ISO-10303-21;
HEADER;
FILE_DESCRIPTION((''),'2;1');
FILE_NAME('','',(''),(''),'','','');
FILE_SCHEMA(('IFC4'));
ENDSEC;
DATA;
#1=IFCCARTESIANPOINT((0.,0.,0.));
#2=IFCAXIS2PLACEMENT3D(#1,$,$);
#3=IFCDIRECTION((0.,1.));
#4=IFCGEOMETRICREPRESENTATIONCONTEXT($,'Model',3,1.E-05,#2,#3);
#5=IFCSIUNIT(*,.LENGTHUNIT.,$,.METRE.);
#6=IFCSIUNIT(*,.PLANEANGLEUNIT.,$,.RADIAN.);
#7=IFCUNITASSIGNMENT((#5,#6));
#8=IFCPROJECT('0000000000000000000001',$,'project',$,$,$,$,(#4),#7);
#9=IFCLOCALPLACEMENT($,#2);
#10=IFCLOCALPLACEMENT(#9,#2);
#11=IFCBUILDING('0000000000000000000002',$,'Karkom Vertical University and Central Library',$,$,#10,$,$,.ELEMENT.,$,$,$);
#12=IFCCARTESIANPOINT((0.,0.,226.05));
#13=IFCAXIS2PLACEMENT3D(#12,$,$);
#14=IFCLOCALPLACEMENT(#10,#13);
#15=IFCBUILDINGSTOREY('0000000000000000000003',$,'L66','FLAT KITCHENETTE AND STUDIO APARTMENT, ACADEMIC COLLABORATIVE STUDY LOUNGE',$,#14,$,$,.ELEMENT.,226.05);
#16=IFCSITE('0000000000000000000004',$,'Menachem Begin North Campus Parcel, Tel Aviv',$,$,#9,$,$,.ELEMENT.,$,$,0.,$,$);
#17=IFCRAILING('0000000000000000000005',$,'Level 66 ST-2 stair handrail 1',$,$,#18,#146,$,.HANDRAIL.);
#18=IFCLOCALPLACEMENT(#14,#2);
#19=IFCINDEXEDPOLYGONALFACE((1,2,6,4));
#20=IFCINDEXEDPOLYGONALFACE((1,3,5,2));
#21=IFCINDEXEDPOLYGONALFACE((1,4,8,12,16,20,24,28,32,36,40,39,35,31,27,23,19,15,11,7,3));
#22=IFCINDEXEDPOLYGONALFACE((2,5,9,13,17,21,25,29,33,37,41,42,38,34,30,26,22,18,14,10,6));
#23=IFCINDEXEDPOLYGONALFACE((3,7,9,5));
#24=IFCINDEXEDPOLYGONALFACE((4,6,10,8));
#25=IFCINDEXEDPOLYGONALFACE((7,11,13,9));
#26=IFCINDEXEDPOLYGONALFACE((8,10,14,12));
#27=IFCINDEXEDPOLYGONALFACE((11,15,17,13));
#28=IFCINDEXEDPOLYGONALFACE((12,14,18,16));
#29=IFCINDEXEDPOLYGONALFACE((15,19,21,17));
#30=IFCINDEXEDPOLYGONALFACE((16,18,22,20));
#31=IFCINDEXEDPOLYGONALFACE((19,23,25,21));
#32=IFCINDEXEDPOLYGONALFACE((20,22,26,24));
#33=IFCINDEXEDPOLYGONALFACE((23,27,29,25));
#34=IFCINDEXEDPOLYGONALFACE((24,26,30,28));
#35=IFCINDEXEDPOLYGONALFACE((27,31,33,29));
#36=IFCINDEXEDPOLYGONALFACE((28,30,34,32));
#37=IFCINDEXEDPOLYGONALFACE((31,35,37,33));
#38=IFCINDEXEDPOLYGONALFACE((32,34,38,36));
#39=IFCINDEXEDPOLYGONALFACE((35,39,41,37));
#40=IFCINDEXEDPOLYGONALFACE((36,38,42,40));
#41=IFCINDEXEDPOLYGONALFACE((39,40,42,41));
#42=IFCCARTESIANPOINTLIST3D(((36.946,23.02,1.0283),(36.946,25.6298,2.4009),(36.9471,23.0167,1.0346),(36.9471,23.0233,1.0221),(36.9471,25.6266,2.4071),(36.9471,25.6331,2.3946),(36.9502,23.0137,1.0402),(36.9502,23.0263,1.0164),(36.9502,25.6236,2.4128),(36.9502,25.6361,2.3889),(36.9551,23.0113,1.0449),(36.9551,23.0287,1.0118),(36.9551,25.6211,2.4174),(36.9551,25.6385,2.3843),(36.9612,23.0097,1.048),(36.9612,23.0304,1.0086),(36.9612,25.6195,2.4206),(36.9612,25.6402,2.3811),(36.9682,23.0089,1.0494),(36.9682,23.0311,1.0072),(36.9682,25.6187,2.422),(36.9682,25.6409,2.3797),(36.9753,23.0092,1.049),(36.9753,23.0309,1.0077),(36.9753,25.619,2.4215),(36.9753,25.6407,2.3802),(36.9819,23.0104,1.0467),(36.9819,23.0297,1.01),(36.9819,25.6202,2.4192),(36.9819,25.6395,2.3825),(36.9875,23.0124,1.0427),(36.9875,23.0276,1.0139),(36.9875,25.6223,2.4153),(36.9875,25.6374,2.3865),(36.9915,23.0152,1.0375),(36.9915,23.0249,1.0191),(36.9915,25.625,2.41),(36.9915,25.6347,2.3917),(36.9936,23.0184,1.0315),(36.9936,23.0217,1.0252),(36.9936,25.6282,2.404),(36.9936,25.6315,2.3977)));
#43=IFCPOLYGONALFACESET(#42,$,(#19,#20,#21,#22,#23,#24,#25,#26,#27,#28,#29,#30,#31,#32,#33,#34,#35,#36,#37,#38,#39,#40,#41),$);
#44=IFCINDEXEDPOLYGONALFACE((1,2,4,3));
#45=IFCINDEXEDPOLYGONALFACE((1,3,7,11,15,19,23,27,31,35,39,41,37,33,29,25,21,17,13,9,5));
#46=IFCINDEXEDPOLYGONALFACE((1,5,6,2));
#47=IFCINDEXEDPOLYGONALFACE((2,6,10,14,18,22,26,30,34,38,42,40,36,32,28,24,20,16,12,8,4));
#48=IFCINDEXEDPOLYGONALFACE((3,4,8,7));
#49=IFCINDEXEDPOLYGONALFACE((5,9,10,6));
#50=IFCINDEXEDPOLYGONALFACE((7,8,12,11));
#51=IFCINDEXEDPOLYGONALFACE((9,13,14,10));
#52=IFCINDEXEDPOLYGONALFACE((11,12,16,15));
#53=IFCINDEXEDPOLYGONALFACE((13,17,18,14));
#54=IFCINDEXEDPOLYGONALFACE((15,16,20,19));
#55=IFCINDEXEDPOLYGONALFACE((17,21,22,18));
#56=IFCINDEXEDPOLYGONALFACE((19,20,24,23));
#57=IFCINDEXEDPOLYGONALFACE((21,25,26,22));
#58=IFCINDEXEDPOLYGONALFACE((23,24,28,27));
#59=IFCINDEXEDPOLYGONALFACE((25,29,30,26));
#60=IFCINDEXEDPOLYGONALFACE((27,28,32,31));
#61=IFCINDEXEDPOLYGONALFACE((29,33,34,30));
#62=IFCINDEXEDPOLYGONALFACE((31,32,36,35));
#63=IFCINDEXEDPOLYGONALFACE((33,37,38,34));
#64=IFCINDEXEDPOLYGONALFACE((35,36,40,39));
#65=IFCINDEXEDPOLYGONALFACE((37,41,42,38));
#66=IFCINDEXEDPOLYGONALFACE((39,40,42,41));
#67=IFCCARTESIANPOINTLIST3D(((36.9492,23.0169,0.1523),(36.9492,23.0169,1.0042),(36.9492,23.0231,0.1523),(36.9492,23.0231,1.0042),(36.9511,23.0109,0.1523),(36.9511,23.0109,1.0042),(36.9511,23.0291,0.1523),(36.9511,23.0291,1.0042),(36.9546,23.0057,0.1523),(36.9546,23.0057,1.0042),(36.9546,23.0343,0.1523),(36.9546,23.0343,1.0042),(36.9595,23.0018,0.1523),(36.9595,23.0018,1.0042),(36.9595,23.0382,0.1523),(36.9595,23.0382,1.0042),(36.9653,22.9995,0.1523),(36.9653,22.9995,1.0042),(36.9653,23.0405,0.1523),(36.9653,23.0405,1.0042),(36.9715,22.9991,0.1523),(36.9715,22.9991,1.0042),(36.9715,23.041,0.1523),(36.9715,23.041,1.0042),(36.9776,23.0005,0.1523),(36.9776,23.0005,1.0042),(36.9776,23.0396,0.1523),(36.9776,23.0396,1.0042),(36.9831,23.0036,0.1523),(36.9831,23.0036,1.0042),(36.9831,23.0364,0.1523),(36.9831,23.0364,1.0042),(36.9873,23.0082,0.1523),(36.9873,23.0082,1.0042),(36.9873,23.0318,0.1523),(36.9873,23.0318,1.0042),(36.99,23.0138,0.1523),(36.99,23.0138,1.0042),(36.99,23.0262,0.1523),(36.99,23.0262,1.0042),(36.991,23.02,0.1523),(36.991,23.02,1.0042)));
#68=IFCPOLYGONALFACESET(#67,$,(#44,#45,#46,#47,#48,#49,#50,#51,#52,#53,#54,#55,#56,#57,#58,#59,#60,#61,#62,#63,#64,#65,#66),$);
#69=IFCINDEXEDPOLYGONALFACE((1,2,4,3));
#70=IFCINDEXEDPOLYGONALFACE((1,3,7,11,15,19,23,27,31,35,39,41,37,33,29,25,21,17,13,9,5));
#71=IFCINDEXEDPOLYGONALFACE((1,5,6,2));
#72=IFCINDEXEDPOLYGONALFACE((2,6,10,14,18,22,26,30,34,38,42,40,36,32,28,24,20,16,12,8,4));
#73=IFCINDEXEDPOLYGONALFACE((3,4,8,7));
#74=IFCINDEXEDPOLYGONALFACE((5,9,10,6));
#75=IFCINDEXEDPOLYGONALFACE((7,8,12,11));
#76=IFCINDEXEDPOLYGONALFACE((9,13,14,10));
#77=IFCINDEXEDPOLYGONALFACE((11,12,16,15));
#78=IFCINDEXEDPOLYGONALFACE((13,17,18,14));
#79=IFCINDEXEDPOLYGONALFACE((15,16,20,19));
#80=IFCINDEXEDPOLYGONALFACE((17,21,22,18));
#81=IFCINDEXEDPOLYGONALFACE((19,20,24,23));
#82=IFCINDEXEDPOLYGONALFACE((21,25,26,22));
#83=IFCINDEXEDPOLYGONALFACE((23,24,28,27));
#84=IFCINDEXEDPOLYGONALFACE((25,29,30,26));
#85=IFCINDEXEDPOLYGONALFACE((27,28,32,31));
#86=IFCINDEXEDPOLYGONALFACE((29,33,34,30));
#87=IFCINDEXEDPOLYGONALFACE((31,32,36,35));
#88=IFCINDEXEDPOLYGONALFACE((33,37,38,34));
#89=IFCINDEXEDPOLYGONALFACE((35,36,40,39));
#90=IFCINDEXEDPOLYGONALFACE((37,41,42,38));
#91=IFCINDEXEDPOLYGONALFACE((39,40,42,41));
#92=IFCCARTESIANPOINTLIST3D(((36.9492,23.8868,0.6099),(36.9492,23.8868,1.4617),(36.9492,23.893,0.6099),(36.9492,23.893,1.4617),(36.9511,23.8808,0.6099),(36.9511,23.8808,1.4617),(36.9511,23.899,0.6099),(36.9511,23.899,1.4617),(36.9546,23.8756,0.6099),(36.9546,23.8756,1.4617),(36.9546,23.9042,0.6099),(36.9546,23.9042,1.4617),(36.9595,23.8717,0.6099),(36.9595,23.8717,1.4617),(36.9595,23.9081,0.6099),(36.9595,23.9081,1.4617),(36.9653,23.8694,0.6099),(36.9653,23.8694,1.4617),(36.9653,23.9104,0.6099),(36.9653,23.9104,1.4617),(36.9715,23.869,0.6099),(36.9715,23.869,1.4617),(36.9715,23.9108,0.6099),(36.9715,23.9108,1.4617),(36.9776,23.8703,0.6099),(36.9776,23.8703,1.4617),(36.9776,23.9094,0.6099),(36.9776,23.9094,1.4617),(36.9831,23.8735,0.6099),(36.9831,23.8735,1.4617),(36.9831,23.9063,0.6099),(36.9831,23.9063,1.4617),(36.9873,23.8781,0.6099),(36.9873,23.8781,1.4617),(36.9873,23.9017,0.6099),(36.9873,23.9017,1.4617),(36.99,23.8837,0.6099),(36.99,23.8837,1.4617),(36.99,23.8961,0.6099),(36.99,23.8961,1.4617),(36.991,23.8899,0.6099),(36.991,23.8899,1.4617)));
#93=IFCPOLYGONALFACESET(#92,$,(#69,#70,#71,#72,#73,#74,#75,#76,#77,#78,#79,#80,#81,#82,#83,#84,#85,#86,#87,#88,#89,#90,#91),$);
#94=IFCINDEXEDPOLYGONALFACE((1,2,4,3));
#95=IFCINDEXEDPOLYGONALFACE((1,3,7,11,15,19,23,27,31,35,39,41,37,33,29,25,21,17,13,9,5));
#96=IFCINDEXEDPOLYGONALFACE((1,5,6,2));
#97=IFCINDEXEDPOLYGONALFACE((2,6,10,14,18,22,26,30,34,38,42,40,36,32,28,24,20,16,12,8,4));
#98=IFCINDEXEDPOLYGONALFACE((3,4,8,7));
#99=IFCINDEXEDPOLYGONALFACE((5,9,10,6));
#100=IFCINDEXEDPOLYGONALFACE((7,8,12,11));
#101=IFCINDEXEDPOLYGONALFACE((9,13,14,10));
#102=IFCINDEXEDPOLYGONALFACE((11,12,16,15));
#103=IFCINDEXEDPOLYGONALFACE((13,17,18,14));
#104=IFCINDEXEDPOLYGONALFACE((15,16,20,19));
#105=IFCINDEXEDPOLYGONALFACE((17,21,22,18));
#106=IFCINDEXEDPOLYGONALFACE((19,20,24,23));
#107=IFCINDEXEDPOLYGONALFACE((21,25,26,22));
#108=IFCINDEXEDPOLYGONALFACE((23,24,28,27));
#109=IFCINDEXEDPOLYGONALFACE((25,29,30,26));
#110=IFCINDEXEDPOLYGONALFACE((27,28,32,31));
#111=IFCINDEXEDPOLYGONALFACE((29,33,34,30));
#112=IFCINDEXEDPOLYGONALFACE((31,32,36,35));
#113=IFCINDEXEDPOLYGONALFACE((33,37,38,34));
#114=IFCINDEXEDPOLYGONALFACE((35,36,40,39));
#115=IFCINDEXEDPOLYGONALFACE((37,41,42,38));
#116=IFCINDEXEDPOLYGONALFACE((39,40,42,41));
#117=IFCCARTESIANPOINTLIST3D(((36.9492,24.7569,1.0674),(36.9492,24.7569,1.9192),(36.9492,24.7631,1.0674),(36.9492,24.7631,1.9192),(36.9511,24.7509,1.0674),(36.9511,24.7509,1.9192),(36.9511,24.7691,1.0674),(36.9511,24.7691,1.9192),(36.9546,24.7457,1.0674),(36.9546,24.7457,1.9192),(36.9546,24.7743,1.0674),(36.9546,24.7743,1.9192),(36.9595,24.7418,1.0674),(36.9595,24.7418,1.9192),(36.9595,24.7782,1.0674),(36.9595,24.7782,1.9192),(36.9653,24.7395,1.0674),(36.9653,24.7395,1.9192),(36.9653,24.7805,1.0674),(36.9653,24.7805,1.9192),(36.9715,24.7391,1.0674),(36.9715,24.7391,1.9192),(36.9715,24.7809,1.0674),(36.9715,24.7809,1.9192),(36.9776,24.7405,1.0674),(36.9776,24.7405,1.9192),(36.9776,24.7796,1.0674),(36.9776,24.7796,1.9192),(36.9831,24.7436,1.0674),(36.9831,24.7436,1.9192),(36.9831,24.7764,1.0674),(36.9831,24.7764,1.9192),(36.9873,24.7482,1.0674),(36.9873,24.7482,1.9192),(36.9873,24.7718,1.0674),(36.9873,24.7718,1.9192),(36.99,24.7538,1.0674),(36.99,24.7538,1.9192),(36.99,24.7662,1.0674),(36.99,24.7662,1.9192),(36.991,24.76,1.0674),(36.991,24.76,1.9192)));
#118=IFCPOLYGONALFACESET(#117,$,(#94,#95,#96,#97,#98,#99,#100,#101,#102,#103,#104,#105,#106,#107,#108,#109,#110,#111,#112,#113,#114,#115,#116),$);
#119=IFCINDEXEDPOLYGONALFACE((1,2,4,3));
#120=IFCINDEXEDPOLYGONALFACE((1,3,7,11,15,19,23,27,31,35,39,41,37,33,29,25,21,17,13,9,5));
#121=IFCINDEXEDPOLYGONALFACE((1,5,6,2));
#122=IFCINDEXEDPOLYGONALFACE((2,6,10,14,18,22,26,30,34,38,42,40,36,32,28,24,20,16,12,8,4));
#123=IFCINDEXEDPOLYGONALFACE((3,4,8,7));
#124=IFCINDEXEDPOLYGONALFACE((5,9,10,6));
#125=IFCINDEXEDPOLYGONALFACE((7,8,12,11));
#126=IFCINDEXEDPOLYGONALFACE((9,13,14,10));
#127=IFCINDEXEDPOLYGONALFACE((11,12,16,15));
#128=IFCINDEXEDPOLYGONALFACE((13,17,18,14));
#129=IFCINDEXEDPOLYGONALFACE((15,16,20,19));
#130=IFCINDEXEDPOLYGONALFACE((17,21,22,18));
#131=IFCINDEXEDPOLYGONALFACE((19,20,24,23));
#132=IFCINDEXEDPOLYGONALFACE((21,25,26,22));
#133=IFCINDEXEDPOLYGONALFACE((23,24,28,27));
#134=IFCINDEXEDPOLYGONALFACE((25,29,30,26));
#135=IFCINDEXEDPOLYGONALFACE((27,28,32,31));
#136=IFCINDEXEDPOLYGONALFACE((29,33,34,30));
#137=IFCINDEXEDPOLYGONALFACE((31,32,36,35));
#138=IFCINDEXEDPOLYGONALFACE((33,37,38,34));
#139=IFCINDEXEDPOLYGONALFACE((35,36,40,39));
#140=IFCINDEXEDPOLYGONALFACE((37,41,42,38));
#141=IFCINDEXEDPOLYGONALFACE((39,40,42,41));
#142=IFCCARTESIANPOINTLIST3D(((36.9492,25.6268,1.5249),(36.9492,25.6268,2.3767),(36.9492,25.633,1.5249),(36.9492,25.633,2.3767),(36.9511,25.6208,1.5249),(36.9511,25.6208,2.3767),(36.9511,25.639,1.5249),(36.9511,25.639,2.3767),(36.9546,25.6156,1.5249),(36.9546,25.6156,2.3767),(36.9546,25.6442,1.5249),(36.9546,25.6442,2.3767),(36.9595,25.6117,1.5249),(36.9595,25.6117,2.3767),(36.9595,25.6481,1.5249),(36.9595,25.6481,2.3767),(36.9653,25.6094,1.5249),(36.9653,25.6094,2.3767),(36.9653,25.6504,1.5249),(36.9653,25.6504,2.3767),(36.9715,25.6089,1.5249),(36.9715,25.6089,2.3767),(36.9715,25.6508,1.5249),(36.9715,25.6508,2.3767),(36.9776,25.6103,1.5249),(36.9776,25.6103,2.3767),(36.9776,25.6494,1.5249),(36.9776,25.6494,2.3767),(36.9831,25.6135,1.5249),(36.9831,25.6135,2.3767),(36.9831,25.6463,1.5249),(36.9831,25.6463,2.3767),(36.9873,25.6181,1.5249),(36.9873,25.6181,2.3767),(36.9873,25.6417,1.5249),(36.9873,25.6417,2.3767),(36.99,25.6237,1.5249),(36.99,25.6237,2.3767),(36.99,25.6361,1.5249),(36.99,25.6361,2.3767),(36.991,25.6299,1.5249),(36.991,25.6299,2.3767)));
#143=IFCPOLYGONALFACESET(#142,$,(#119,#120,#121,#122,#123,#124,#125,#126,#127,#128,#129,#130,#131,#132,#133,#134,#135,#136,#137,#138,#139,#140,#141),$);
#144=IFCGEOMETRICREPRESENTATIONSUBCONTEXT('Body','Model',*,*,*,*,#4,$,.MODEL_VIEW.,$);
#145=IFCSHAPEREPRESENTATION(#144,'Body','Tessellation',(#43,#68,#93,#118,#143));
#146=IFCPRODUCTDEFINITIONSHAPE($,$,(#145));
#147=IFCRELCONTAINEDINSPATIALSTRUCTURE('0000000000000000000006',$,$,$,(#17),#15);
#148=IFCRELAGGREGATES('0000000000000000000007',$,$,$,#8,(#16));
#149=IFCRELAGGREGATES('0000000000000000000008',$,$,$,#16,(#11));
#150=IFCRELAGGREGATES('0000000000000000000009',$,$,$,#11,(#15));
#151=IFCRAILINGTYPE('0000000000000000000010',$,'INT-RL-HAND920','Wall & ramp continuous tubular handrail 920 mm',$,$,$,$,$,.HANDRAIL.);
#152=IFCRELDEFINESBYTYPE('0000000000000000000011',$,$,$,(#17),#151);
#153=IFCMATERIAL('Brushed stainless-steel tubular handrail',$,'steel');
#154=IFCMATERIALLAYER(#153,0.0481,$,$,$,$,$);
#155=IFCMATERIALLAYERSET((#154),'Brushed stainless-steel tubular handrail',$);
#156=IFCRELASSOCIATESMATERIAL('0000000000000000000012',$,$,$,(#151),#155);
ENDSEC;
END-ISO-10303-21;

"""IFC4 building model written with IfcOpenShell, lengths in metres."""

from ifc_helpers import new_model, si_unit, direction, frame, origin, origin_2d, place, context, subcontext, project, spatial, circle, extrude, material, layer, layer_set, type_object, element, save


model = new_model("IFC4")

# Units and contexts
model_context = context("Model", 3, precision=1e-05, world=origin(), true_north=direction((0.0, 1.0)))
body_context = subcontext(model_context, "Body", "Model", "MODEL_VIEW")
ifc_project = project(units=[si_unit("LENGTHUNIT", "METRE"), si_unit("PLANEANGLEUNIT", "RADIAN")], contexts=[model_context])

# Site, building, storey
site_placement = place(None, origin())
site = spatial("IfcSite", under=ifc_project, at=site_placement, Name="Menachem Begin North Campus Parcel, Tel Aviv", CompositionType="ELEMENT", RefElevation=0.0)
building_placement = place(site_placement, origin())
building = spatial("IfcBuilding", under=site, at=building_placement, Name="Karkom Vertical University and Central Library", CompositionType="ELEMENT")
storey_placement = place(building_placement, frame((0.0, 0.0, 226.05)))
storey = spatial("IfcBuildingStorey", under=building, at=storey_placement, Name="L66", Description="FLAT KITCHENETTE AND STUDIO APARTMENT, ACADEMIC COLLABORATIVE STUDY LOUNGE", CompositionType="ELEMENT", Elevation=226.05)

# Railing
ifc_material_1 = material(Name="Brushed stainless-steel tubular handrail", Category="steel")
ifc_layer_1 = layer(ifc_material_1, 0.0481)
ifc_layer_set_1 = layer_set([ifc_layer_1], Name="Brushed stainless-steel tubular handrail")
railing_type_1 = type_object("IfcRailingType", Name="INT-RL-HAND920", Description="Wall & ramp continuous tubular handrail 920 mm", PredefinedType="HANDRAIL", material=ifc_layer_set_1)
railing_1_placement = place(storey_placement, frame((36.97, 23.02, 0.1523)))
element("IfcRailing", 1, at=railing_1_placement, inside=storey, type_object=railing_type_1, Name="Level 66 ST-2 stair handrail 1", PredefinedType="HANDRAIL", context=body_context, shape_type="SweptSolid", body=[
    extrude(circle(Radius=0.0239, at=origin_2d()), frame((0.0, 0.0, 0.876), z_axis=(0.0, 0.885065, 0.465467), x_axis=(-1.0, 0.0, 0.0)), (0.0, 0.0, 1.0), 2.9487),
    extrude(circle(Radius=0.021, at=origin_2d()), origin(), (0.0, 0.0, 1.0), 0.8518),
    extrude(circle(Radius=0.021, at=origin_2d()), frame((0.0, 0.8699, 0.4575)), (0.0, 0.0, 1.0), 0.8518),
    extrude(circle(Radius=0.021, at=origin_2d()), frame((0.0, 1.74, 0.915)), (0.0, 0.0, 1.0), 0.8518),
    extrude(circle(Radius=0.021, at=origin_2d()), frame((0.0, 2.6099, 1.3726)), (0.0, 0.0, 1.0), 0.8518),
])

save(model, "model.ifc")
